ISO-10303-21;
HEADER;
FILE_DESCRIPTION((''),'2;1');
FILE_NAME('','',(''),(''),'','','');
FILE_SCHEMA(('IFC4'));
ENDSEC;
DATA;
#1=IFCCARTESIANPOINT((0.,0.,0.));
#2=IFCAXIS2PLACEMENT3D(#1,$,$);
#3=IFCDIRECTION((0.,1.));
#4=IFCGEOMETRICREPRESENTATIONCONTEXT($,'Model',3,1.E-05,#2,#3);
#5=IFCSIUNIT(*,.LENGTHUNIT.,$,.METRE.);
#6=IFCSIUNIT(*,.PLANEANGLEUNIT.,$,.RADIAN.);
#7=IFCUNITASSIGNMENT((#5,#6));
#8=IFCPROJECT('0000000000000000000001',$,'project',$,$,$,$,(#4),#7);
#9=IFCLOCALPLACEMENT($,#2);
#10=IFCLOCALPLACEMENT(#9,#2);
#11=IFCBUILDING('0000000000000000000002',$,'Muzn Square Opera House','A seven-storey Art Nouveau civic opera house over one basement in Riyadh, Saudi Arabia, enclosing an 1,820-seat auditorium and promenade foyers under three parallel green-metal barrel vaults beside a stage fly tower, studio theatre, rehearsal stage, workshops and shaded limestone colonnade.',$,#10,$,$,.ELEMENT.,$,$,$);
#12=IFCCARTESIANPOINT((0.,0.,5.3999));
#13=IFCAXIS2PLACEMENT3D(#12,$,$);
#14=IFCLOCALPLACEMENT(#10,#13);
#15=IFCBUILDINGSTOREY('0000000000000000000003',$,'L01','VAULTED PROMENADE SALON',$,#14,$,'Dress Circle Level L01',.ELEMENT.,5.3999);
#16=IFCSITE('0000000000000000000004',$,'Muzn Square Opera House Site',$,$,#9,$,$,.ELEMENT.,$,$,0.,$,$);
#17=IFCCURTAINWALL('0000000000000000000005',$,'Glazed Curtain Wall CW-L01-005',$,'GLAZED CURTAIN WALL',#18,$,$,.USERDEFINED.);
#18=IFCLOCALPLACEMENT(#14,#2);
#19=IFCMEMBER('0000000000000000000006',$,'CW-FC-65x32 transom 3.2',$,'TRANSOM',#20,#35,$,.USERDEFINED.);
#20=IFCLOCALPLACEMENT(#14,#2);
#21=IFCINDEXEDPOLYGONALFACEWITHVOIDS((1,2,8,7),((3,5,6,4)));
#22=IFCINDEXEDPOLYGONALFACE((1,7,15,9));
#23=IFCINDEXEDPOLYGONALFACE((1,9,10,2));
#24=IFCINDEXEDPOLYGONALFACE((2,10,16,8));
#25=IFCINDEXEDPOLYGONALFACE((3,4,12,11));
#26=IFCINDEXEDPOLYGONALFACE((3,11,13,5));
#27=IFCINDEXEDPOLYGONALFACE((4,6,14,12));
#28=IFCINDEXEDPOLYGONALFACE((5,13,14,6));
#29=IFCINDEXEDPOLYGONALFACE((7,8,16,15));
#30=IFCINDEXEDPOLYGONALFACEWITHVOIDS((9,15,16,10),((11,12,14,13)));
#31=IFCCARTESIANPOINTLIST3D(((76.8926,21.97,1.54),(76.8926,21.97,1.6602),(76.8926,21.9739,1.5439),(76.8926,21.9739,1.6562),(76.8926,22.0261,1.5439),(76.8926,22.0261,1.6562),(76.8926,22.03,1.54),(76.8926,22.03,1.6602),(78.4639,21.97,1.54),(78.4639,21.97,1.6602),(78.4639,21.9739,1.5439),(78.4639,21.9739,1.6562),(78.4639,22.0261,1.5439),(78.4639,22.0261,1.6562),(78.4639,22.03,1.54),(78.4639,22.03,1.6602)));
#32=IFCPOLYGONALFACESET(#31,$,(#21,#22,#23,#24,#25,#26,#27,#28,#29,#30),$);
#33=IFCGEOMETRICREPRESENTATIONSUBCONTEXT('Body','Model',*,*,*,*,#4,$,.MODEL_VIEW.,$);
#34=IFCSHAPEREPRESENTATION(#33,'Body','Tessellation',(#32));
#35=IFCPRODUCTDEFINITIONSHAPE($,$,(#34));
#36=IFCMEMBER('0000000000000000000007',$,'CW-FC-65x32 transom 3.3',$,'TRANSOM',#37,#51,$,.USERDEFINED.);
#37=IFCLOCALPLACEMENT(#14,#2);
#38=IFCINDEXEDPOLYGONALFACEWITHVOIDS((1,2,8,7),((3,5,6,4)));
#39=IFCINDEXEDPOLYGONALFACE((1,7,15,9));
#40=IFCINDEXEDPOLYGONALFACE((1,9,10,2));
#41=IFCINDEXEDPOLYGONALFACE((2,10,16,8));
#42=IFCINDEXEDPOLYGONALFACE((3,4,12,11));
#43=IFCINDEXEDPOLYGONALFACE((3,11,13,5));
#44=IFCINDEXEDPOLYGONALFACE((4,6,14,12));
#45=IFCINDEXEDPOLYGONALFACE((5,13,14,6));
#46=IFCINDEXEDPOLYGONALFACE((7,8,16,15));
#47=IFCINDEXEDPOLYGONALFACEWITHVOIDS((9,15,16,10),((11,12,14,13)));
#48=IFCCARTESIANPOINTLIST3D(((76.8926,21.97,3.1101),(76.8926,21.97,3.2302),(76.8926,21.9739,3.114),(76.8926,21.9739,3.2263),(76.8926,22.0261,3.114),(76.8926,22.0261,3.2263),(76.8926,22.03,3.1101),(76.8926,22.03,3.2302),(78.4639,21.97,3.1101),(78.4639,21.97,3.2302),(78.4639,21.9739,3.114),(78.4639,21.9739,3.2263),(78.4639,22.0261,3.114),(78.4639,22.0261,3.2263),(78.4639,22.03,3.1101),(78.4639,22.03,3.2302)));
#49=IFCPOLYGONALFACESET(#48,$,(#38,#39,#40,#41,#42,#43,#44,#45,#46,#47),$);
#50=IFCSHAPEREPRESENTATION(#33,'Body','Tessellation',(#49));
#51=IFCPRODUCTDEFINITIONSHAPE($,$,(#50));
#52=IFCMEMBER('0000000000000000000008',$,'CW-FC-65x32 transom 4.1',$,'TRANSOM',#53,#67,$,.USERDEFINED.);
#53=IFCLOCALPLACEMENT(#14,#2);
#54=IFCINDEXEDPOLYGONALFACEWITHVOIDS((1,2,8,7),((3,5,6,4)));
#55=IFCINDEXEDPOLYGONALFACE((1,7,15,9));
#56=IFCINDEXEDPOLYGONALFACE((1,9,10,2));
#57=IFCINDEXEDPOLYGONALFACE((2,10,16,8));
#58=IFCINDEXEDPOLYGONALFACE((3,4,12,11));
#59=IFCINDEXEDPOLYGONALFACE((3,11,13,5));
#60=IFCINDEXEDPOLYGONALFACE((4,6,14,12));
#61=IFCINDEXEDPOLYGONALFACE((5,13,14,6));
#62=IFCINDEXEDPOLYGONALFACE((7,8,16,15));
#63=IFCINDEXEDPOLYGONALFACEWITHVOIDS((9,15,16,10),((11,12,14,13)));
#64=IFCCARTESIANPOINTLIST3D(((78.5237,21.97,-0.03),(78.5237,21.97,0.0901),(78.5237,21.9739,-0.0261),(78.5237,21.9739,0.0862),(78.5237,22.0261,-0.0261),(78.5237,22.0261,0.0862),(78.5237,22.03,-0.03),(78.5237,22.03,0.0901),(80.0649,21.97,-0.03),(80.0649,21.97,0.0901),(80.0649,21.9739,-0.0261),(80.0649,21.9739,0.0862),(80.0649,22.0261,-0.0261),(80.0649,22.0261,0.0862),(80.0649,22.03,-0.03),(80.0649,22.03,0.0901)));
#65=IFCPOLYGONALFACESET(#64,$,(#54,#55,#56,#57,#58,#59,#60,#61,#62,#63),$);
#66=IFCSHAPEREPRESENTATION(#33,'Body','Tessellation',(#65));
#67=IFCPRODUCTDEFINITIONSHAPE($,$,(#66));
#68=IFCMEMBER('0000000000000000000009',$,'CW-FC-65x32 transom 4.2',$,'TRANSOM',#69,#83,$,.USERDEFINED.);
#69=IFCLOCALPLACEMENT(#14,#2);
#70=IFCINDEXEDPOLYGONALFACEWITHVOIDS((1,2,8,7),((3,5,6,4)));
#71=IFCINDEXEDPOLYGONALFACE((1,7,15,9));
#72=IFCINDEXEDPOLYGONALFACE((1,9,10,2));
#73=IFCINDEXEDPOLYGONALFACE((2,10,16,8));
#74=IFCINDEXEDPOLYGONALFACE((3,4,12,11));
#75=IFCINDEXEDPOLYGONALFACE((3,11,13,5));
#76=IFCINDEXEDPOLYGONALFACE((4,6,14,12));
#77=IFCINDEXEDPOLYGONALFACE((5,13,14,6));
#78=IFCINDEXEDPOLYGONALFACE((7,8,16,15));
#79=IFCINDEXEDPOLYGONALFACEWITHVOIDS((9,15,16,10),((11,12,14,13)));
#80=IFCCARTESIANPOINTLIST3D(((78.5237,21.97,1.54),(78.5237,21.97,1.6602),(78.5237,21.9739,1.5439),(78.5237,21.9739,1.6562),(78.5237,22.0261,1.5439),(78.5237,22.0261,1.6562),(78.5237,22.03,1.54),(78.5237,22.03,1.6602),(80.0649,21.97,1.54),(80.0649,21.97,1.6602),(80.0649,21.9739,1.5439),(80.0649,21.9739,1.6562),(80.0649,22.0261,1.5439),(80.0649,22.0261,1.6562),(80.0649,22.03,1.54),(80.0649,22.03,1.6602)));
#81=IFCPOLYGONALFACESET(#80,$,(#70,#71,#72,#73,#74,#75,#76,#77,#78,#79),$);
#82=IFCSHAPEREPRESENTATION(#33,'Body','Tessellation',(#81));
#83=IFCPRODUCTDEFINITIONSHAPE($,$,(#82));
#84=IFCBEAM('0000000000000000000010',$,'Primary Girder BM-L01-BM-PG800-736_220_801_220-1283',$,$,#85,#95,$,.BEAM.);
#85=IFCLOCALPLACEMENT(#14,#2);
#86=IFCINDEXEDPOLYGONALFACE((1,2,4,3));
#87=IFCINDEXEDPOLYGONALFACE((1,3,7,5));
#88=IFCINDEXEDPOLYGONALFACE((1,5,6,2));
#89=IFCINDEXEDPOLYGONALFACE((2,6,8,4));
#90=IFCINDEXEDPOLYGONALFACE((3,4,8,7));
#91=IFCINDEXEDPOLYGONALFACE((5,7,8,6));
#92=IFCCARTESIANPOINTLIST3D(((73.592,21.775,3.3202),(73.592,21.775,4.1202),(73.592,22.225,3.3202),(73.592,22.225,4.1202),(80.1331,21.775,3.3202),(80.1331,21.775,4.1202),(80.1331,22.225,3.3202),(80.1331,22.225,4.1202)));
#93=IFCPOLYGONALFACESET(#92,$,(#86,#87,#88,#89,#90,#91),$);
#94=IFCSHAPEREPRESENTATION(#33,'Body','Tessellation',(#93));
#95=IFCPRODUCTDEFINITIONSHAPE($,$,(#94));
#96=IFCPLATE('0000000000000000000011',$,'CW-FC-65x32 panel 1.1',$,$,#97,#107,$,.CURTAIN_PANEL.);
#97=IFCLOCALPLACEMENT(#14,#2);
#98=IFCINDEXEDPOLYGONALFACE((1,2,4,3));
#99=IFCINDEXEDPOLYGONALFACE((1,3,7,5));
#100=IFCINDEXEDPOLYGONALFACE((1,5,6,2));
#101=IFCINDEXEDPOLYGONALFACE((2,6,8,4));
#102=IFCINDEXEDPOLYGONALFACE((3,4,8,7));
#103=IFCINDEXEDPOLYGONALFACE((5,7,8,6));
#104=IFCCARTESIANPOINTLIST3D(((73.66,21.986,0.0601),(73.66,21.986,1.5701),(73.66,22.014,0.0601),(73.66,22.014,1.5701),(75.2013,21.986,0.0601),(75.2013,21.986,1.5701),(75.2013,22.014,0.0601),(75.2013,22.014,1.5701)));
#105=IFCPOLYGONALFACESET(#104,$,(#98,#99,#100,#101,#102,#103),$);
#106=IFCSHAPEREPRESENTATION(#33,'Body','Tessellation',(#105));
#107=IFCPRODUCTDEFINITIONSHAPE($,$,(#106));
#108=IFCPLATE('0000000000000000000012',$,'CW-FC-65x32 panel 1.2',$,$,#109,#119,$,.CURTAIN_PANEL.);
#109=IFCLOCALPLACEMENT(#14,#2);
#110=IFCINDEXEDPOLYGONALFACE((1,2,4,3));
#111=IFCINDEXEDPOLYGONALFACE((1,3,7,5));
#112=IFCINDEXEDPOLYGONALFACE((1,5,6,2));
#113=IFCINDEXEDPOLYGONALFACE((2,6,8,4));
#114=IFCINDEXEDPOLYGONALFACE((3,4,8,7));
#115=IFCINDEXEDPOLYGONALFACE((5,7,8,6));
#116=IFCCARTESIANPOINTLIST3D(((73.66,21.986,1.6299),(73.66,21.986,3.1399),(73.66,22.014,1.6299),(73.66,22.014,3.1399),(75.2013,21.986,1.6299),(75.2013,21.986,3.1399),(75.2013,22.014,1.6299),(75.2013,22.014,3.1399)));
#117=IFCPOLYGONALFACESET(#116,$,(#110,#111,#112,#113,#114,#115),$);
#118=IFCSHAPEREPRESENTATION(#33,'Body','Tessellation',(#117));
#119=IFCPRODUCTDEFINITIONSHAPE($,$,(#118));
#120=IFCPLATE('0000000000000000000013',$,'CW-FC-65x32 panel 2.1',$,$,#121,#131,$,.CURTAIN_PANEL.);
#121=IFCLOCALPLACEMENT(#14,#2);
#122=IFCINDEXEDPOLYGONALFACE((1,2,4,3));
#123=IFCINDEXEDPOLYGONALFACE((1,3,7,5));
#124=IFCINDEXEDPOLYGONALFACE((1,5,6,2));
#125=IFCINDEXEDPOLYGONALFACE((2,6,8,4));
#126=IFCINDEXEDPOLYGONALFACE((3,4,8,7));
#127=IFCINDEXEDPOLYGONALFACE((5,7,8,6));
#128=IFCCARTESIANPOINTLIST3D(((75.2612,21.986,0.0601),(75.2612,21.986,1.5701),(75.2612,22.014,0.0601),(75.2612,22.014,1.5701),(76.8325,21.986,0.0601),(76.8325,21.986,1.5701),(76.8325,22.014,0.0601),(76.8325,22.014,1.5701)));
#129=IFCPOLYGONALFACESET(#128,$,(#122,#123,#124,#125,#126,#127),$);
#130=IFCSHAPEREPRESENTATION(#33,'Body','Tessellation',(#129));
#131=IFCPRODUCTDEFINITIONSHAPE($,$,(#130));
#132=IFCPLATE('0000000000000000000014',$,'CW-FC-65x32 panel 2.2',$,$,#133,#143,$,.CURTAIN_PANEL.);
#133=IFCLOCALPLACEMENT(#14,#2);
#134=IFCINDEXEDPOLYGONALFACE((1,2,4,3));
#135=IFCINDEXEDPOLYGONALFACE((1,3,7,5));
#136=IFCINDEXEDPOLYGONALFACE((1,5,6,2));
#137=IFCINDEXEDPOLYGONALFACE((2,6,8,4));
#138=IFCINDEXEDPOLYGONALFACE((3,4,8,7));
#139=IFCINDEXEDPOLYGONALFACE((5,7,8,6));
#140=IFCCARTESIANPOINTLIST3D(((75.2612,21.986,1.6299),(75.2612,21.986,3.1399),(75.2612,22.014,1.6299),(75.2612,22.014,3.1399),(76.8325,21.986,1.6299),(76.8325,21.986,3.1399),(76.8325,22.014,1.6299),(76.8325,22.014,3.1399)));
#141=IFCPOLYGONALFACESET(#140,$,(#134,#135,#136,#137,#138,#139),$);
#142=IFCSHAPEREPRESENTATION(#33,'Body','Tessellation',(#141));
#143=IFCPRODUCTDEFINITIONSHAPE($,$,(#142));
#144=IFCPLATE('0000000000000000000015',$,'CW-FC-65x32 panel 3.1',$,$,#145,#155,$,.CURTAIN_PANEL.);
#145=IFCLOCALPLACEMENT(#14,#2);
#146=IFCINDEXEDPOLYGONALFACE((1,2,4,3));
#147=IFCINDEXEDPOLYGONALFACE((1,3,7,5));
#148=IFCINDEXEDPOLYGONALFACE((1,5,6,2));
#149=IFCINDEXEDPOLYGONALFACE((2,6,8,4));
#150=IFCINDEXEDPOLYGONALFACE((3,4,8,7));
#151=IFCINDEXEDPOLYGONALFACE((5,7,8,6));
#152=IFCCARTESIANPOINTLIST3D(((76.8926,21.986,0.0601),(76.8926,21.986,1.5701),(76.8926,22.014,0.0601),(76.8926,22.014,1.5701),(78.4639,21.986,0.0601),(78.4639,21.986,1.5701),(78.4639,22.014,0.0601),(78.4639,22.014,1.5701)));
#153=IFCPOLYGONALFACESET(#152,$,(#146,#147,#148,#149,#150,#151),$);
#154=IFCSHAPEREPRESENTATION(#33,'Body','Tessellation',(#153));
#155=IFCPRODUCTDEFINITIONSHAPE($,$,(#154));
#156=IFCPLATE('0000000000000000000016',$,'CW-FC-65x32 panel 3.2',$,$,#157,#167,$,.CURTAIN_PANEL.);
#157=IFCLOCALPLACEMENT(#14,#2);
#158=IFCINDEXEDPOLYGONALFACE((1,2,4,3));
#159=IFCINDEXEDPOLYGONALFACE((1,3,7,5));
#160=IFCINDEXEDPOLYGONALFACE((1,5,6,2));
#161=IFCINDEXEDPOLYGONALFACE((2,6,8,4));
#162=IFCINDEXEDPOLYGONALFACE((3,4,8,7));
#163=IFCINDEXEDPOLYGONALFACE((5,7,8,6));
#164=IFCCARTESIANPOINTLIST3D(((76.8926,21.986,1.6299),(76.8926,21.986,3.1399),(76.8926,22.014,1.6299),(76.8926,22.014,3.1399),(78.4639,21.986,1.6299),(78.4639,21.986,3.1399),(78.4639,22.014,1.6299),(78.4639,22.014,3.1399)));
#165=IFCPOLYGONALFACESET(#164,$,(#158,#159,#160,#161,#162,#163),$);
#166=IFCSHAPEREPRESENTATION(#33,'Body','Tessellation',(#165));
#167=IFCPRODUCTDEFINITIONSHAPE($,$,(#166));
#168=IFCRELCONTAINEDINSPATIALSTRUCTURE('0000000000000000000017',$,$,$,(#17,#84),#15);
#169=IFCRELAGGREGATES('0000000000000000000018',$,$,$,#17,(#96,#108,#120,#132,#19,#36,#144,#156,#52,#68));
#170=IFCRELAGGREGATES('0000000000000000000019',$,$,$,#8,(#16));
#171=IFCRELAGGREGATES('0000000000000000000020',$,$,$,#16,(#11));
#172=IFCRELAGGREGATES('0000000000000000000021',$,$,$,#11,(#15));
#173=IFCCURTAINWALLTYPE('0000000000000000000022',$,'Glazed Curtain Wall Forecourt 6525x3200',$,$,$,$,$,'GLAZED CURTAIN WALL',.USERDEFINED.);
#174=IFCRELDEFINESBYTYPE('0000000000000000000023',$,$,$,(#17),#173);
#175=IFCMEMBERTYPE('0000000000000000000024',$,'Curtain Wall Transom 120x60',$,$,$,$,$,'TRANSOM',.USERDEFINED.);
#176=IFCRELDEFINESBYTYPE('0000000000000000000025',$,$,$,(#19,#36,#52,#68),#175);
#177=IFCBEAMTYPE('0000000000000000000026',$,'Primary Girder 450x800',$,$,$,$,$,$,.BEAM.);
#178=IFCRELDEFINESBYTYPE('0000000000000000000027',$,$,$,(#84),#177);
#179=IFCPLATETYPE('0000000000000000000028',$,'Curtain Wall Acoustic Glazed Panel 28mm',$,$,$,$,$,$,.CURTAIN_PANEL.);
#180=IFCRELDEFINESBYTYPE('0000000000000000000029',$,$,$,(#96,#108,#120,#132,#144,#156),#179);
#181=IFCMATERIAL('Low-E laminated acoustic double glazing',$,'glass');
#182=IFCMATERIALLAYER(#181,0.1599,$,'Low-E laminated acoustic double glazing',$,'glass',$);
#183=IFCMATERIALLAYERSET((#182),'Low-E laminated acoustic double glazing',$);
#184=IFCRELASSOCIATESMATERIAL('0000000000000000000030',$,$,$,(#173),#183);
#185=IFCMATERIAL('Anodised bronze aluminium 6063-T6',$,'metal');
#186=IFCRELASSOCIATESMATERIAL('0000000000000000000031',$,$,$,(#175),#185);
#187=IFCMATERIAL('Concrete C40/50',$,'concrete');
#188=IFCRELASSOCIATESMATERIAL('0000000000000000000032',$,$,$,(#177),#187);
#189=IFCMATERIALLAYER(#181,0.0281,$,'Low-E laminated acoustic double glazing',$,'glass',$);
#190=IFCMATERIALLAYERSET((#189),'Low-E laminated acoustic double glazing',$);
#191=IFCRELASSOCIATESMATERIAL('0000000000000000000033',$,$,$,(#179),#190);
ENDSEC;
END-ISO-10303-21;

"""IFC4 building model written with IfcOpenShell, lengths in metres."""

from ifc_helpers import new_model, si_unit, direction, frame, origin, origin_2d, place, context, subcontext, project, spatial, rectangle, hollow_rectangle, extrude, material, layer, layer_set, material_profile, profile_set, type_object, element, aggregate, save


model = new_model("IFC4")

# Units and contexts
model_context = context("Model", 3, precision=1e-05, world=origin(), true_north=direction((0.0, 1.0)))
body_context = subcontext(model_context, "Body", "Model", "MODEL_VIEW")
ifc_project = project(units=[si_unit("LENGTHUNIT", "METRE"), si_unit("PLANEANGLEUNIT", "RADIAN")], contexts=[model_context])

# Site, building, storey
site_placement = place(None, origin())
site = spatial("IfcSite", under=ifc_project, at=site_placement, Name="Muzn Square Opera House Site", CompositionType="ELEMENT", RefElevation=0.0)
building_placement = place(site_placement, origin())
building = spatial("IfcBuilding", under=site, at=building_placement, Name="Muzn Square Opera House", Description="A seven-storey Art Nouveau civic opera house over one basement in Riyadh, Saudi Arabia, enclosing an 1,820-seat auditorium and promenade foyers under three parallel green-metal barrel vaults beside a stage fly tower, studio theatre, rehearsal stage, workshops and shaded limestone colonnade.", CompositionType="ELEMENT")
storey_placement = place(building_placement, frame((0.0, 0.0, 5.3999)))
storey = spatial("IfcBuildingStorey", under=building, at=storey_placement, Name="L01", Description="VAULTED PROMENADE SALON", LongName="Dress Circle Level L01", CompositionType="ELEMENT", Elevation=5.3999)

# Curtain wall, members
ifc_material_1 = material(Name="Low-E laminated acoustic double glazing", Category="glass")
ifc_layer_1 = layer(ifc_material_1, 0.1599, Name="Low-E laminated acoustic double glazing", Category="glass")
ifc_layer_set_1 = layer_set([ifc_layer_1], Name="Low-E laminated acoustic double glazing")
curtain_wall_type = type_object("IfcCurtainWallType", Name="Glazed Curtain Wall Forecourt 6525x3200", ElementType="GLAZED CURTAIN WALL", PredefinedType="USERDEFINED", material=ifc_layer_set_1)
curtain_wall_placement = place(storey_placement, origin())
curtain_wall = element("IfcCurtainWall", 1, at=curtain_wall_placement, inside=storey, type_object=curtain_wall_type, Name="Glazed Curtain Wall CW-L01-005", ObjectType="GLAZED CURTAIN WALL", PredefinedType="USERDEFINED")
ifc_material_2 = material(Name="Anodised bronze aluminium 6063-T6", Category="metal")
ifc_material_profile_1 = material_profile(ifc_material_2, hollow_rectangle(XDim=0.0601, YDim=0.1201, WallThickness=0.0039, at=origin_2d()), Name="ALU 120x60x4", Category="metal")
ifc_profile_set_1 = profile_set([ifc_material_profile_1], Name="Anodised bronze aluminium 6063-T6")
member_type_1 = type_object("IfcMemberType", Name="Curtain Wall Transom 120x60", ElementType="TRANSOM", PredefinedType="USERDEFINED", material=ifc_profile_set_1)
member_1_placement = place(storey_placement, frame((76.8926, 22.0, 1.6001), z_axis=(1.0, 0.0, 0.0), x_axis=(0.0, 1.0, 0.0)))
member_1 = element("IfcMember", 2, at=member_1_placement, type_object=member_type_1, Name="CW-FC-65x32 transom 3.2", ObjectType="TRANSOM", PredefinedType="USERDEFINED", context=body_context, shape_type="SweptSolid", body=[
    extrude(hollow_rectangle(XDim=0.0601, YDim=0.1201, WallThickness=0.0039, at=origin_2d()), origin(), (0.0, 0.0, 1.0), 1.5713),
])
member_2_placement = place(storey_placement, frame((76.8926, 22.0, 3.1702), z_axis=(1.0, 0.0, 0.0), x_axis=(0.0, 1.0, 0.0)))
member_2 = element("IfcMember", 3, at=member_2_placement, type_object=member_type_1, Name="CW-FC-65x32 transom 3.3", ObjectType="TRANSOM", PredefinedType="USERDEFINED", context=body_context, shape_type="SweptSolid", body=[
    extrude(hollow_rectangle(XDim=0.0601, YDim=0.1201, WallThickness=0.0039, at=origin_2d()), origin(), (0.0, 0.0, 1.0), 1.5713),
])
member_3_placement = place(storey_placement, frame((78.5237, 22.0, 0.03), z_axis=(1.0, 0.0, 0.0), x_axis=(0.0, 1.0, 0.0)))
member_3 = element("IfcMember", 4, at=member_3_placement, type_object=member_type_1, Name="CW-FC-65x32 transom 4.1", ObjectType="TRANSOM", PredefinedType="USERDEFINED", context=body_context, shape_type="SweptSolid", body=[
    extrude(hollow_rectangle(XDim=0.0601, YDim=0.1201, WallThickness=0.0039, at=origin_2d()), origin(), (0.0, 0.0, 1.0), 1.5413),
])
member_4_placement = place(storey_placement, frame((78.5237, 22.0, 1.6001), z_axis=(1.0, 0.0, 0.0), x_axis=(0.0, 1.0, 0.0)))
member_4 = element("IfcMember", 5, at=member_4_placement, type_object=member_type_1, Name="CW-FC-65x32 transom 4.2", ObjectType="TRANSOM", PredefinedType="USERDEFINED", context=body_context, shape_type="SweptSolid", body=[
    extrude(hollow_rectangle(XDim=0.0601, YDim=0.1201, WallThickness=0.0039, at=origin_2d()), origin(), (0.0, 0.0, 1.0), 1.5413),
])

# Beam
ifc_material_3 = material(Name="Concrete C40/50", Category="concrete")
ifc_material_profile_2 = material_profile(ifc_material_3, rectangle(XDim=0.45, YDim=0.8, at=origin_2d()), Name="RCB 450x800", Category="concrete")
ifc_profile_set_2 = profile_set([ifc_material_profile_2], Name="Concrete C40/50")
beam_type = type_object("IfcBeamType", Name="Primary Girder 450x800", PredefinedType="BEAM", material=ifc_profile_set_2)
beam_placement = place(storey_placement, frame((73.592, 22.0, 3.7202), z_axis=(1.0, 0.0, 0.0), x_axis=(0.0, 1.0, 0.0)))
element("IfcBeam", 6, at=beam_placement, inside=storey, type_object=beam_type, Name="Primary Girder BM-L01-BM-PG800-736_220_801_220-1283", PredefinedType="BEAM", context=body_context, shape_type="SweptSolid", body=[
    extrude(rectangle(XDim=0.45, YDim=0.8, at=origin_2d()), origin(), (0.0, 0.0, 1.0), 6.541),
])

# Plates
ifc_layer_2 = layer(ifc_material_1, 0.0281, Name="Low-E laminated acoustic double glazing", Category="glass")
ifc_layer_set_2 = layer_set([ifc_layer_2], Name="Low-E laminated acoustic double glazing")
plate_type = type_object("IfcPlateType", Name="Curtain Wall Acoustic Glazed Panel 28mm", PredefinedType="CURTAIN_PANEL", material=ifc_layer_set_2)
plate_1_placement = place(storey_placement, frame((74.4307, 22.0, 0.0601), z_axis=(0.0, 0.0, 1.0), x_axis=(1.0, 0.0, 0.0)))
plate_1 = element("IfcPlate", 7, at=plate_1_placement, type_object=plate_type, Name="CW-FC-65x32 panel 1.1", PredefinedType="CURTAIN_PANEL", context=body_context, shape_type="SweptSolid", body=[
    extrude(rectangle(XDim=1.5413, YDim=0.0281, at=origin_2d()), origin(), (0.0, 0.0, 1.0), 1.51),
])
plate_2_placement = place(storey_placement, frame((74.4307, 22.0, 1.6299), z_axis=(0.0, 0.0, 1.0), x_axis=(1.0, 0.0, 0.0)))
plate_2 = element("IfcPlate", 8, at=plate_2_placement, type_object=plate_type, Name="CW-FC-65x32 panel 1.2", PredefinedType="CURTAIN_PANEL", context=body_context, shape_type="SweptSolid", body=[
    extrude(rectangle(XDim=1.5413, YDim=0.0281, at=origin_2d()), origin(), (0.0, 0.0, 1.0), 1.51),
])
plate_3_placement = place(storey_placement, frame((76.0469, 22.0, 0.0601), z_axis=(0.0, 0.0, 1.0), x_axis=(1.0, 0.0, 0.0)))
plate_3 = element("IfcPlate", 9, at=plate_3_placement, type_object=plate_type, Name="CW-FC-65x32 panel 2.1", PredefinedType="CURTAIN_PANEL", context=body_context, shape_type="SweptSolid", body=[
    extrude(rectangle(XDim=1.5713, YDim=0.0281, at=origin_2d()), origin(), (0.0, 0.0, 1.0), 1.51),
])
plate_4_placement = place(storey_placement, frame((76.0469, 22.0, 1.6299), z_axis=(0.0, 0.0, 1.0), x_axis=(1.0, 0.0, 0.0)))
plate_4 = element("IfcPlate", 10, at=plate_4_placement, type_object=plate_type, Name="CW-FC-65x32 panel 2.2", PredefinedType="CURTAIN_PANEL", context=body_context, shape_type="SweptSolid", body=[
    extrude(rectangle(XDim=1.5713, YDim=0.0281, at=origin_2d()), origin(), (0.0, 0.0, 1.0), 1.51),
])
plate_5_placement = place(storey_placement, frame((77.6782, 22.0, 0.0601), z_axis=(0.0, 0.0, 1.0), x_axis=(1.0, 0.0, 0.0)))
plate_5 = element("IfcPlate", 11, at=plate_5_placement, type_object=plate_type, Name="CW-FC-65x32 panel 3.1", PredefinedType="CURTAIN_PANEL", context=body_context, shape_type="SweptSolid", body=[
    extrude(rectangle(XDim=1.5713, YDim=0.0281, at=origin_2d()), origin(), (0.0, 0.0, 1.0), 1.51),
])
plate_6_placement = place(storey_placement, frame((77.6782, 22.0, 1.6299), z_axis=(0.0, 0.0, 1.0), x_axis=(1.0, 0.0, 0.0)))
plate_6 = element("IfcPlate", 12, at=plate_6_placement, type_object=plate_type, Name="CW-FC-65x32 panel 3.2", PredefinedType="CURTAIN_PANEL", context=body_context, shape_type="SweptSolid", body=[
    extrude(rectangle(XDim=1.5713, YDim=0.0281, at=origin_2d()), origin(), (0.0, 0.0, 1.0), 1.51),
])
aggregate(curtain_wall, [plate_1, plate_2, plate_3, plate_4, member_1, member_2, plate_5, plate_6, member_3, member_4])

save(model, "model.ifc")
